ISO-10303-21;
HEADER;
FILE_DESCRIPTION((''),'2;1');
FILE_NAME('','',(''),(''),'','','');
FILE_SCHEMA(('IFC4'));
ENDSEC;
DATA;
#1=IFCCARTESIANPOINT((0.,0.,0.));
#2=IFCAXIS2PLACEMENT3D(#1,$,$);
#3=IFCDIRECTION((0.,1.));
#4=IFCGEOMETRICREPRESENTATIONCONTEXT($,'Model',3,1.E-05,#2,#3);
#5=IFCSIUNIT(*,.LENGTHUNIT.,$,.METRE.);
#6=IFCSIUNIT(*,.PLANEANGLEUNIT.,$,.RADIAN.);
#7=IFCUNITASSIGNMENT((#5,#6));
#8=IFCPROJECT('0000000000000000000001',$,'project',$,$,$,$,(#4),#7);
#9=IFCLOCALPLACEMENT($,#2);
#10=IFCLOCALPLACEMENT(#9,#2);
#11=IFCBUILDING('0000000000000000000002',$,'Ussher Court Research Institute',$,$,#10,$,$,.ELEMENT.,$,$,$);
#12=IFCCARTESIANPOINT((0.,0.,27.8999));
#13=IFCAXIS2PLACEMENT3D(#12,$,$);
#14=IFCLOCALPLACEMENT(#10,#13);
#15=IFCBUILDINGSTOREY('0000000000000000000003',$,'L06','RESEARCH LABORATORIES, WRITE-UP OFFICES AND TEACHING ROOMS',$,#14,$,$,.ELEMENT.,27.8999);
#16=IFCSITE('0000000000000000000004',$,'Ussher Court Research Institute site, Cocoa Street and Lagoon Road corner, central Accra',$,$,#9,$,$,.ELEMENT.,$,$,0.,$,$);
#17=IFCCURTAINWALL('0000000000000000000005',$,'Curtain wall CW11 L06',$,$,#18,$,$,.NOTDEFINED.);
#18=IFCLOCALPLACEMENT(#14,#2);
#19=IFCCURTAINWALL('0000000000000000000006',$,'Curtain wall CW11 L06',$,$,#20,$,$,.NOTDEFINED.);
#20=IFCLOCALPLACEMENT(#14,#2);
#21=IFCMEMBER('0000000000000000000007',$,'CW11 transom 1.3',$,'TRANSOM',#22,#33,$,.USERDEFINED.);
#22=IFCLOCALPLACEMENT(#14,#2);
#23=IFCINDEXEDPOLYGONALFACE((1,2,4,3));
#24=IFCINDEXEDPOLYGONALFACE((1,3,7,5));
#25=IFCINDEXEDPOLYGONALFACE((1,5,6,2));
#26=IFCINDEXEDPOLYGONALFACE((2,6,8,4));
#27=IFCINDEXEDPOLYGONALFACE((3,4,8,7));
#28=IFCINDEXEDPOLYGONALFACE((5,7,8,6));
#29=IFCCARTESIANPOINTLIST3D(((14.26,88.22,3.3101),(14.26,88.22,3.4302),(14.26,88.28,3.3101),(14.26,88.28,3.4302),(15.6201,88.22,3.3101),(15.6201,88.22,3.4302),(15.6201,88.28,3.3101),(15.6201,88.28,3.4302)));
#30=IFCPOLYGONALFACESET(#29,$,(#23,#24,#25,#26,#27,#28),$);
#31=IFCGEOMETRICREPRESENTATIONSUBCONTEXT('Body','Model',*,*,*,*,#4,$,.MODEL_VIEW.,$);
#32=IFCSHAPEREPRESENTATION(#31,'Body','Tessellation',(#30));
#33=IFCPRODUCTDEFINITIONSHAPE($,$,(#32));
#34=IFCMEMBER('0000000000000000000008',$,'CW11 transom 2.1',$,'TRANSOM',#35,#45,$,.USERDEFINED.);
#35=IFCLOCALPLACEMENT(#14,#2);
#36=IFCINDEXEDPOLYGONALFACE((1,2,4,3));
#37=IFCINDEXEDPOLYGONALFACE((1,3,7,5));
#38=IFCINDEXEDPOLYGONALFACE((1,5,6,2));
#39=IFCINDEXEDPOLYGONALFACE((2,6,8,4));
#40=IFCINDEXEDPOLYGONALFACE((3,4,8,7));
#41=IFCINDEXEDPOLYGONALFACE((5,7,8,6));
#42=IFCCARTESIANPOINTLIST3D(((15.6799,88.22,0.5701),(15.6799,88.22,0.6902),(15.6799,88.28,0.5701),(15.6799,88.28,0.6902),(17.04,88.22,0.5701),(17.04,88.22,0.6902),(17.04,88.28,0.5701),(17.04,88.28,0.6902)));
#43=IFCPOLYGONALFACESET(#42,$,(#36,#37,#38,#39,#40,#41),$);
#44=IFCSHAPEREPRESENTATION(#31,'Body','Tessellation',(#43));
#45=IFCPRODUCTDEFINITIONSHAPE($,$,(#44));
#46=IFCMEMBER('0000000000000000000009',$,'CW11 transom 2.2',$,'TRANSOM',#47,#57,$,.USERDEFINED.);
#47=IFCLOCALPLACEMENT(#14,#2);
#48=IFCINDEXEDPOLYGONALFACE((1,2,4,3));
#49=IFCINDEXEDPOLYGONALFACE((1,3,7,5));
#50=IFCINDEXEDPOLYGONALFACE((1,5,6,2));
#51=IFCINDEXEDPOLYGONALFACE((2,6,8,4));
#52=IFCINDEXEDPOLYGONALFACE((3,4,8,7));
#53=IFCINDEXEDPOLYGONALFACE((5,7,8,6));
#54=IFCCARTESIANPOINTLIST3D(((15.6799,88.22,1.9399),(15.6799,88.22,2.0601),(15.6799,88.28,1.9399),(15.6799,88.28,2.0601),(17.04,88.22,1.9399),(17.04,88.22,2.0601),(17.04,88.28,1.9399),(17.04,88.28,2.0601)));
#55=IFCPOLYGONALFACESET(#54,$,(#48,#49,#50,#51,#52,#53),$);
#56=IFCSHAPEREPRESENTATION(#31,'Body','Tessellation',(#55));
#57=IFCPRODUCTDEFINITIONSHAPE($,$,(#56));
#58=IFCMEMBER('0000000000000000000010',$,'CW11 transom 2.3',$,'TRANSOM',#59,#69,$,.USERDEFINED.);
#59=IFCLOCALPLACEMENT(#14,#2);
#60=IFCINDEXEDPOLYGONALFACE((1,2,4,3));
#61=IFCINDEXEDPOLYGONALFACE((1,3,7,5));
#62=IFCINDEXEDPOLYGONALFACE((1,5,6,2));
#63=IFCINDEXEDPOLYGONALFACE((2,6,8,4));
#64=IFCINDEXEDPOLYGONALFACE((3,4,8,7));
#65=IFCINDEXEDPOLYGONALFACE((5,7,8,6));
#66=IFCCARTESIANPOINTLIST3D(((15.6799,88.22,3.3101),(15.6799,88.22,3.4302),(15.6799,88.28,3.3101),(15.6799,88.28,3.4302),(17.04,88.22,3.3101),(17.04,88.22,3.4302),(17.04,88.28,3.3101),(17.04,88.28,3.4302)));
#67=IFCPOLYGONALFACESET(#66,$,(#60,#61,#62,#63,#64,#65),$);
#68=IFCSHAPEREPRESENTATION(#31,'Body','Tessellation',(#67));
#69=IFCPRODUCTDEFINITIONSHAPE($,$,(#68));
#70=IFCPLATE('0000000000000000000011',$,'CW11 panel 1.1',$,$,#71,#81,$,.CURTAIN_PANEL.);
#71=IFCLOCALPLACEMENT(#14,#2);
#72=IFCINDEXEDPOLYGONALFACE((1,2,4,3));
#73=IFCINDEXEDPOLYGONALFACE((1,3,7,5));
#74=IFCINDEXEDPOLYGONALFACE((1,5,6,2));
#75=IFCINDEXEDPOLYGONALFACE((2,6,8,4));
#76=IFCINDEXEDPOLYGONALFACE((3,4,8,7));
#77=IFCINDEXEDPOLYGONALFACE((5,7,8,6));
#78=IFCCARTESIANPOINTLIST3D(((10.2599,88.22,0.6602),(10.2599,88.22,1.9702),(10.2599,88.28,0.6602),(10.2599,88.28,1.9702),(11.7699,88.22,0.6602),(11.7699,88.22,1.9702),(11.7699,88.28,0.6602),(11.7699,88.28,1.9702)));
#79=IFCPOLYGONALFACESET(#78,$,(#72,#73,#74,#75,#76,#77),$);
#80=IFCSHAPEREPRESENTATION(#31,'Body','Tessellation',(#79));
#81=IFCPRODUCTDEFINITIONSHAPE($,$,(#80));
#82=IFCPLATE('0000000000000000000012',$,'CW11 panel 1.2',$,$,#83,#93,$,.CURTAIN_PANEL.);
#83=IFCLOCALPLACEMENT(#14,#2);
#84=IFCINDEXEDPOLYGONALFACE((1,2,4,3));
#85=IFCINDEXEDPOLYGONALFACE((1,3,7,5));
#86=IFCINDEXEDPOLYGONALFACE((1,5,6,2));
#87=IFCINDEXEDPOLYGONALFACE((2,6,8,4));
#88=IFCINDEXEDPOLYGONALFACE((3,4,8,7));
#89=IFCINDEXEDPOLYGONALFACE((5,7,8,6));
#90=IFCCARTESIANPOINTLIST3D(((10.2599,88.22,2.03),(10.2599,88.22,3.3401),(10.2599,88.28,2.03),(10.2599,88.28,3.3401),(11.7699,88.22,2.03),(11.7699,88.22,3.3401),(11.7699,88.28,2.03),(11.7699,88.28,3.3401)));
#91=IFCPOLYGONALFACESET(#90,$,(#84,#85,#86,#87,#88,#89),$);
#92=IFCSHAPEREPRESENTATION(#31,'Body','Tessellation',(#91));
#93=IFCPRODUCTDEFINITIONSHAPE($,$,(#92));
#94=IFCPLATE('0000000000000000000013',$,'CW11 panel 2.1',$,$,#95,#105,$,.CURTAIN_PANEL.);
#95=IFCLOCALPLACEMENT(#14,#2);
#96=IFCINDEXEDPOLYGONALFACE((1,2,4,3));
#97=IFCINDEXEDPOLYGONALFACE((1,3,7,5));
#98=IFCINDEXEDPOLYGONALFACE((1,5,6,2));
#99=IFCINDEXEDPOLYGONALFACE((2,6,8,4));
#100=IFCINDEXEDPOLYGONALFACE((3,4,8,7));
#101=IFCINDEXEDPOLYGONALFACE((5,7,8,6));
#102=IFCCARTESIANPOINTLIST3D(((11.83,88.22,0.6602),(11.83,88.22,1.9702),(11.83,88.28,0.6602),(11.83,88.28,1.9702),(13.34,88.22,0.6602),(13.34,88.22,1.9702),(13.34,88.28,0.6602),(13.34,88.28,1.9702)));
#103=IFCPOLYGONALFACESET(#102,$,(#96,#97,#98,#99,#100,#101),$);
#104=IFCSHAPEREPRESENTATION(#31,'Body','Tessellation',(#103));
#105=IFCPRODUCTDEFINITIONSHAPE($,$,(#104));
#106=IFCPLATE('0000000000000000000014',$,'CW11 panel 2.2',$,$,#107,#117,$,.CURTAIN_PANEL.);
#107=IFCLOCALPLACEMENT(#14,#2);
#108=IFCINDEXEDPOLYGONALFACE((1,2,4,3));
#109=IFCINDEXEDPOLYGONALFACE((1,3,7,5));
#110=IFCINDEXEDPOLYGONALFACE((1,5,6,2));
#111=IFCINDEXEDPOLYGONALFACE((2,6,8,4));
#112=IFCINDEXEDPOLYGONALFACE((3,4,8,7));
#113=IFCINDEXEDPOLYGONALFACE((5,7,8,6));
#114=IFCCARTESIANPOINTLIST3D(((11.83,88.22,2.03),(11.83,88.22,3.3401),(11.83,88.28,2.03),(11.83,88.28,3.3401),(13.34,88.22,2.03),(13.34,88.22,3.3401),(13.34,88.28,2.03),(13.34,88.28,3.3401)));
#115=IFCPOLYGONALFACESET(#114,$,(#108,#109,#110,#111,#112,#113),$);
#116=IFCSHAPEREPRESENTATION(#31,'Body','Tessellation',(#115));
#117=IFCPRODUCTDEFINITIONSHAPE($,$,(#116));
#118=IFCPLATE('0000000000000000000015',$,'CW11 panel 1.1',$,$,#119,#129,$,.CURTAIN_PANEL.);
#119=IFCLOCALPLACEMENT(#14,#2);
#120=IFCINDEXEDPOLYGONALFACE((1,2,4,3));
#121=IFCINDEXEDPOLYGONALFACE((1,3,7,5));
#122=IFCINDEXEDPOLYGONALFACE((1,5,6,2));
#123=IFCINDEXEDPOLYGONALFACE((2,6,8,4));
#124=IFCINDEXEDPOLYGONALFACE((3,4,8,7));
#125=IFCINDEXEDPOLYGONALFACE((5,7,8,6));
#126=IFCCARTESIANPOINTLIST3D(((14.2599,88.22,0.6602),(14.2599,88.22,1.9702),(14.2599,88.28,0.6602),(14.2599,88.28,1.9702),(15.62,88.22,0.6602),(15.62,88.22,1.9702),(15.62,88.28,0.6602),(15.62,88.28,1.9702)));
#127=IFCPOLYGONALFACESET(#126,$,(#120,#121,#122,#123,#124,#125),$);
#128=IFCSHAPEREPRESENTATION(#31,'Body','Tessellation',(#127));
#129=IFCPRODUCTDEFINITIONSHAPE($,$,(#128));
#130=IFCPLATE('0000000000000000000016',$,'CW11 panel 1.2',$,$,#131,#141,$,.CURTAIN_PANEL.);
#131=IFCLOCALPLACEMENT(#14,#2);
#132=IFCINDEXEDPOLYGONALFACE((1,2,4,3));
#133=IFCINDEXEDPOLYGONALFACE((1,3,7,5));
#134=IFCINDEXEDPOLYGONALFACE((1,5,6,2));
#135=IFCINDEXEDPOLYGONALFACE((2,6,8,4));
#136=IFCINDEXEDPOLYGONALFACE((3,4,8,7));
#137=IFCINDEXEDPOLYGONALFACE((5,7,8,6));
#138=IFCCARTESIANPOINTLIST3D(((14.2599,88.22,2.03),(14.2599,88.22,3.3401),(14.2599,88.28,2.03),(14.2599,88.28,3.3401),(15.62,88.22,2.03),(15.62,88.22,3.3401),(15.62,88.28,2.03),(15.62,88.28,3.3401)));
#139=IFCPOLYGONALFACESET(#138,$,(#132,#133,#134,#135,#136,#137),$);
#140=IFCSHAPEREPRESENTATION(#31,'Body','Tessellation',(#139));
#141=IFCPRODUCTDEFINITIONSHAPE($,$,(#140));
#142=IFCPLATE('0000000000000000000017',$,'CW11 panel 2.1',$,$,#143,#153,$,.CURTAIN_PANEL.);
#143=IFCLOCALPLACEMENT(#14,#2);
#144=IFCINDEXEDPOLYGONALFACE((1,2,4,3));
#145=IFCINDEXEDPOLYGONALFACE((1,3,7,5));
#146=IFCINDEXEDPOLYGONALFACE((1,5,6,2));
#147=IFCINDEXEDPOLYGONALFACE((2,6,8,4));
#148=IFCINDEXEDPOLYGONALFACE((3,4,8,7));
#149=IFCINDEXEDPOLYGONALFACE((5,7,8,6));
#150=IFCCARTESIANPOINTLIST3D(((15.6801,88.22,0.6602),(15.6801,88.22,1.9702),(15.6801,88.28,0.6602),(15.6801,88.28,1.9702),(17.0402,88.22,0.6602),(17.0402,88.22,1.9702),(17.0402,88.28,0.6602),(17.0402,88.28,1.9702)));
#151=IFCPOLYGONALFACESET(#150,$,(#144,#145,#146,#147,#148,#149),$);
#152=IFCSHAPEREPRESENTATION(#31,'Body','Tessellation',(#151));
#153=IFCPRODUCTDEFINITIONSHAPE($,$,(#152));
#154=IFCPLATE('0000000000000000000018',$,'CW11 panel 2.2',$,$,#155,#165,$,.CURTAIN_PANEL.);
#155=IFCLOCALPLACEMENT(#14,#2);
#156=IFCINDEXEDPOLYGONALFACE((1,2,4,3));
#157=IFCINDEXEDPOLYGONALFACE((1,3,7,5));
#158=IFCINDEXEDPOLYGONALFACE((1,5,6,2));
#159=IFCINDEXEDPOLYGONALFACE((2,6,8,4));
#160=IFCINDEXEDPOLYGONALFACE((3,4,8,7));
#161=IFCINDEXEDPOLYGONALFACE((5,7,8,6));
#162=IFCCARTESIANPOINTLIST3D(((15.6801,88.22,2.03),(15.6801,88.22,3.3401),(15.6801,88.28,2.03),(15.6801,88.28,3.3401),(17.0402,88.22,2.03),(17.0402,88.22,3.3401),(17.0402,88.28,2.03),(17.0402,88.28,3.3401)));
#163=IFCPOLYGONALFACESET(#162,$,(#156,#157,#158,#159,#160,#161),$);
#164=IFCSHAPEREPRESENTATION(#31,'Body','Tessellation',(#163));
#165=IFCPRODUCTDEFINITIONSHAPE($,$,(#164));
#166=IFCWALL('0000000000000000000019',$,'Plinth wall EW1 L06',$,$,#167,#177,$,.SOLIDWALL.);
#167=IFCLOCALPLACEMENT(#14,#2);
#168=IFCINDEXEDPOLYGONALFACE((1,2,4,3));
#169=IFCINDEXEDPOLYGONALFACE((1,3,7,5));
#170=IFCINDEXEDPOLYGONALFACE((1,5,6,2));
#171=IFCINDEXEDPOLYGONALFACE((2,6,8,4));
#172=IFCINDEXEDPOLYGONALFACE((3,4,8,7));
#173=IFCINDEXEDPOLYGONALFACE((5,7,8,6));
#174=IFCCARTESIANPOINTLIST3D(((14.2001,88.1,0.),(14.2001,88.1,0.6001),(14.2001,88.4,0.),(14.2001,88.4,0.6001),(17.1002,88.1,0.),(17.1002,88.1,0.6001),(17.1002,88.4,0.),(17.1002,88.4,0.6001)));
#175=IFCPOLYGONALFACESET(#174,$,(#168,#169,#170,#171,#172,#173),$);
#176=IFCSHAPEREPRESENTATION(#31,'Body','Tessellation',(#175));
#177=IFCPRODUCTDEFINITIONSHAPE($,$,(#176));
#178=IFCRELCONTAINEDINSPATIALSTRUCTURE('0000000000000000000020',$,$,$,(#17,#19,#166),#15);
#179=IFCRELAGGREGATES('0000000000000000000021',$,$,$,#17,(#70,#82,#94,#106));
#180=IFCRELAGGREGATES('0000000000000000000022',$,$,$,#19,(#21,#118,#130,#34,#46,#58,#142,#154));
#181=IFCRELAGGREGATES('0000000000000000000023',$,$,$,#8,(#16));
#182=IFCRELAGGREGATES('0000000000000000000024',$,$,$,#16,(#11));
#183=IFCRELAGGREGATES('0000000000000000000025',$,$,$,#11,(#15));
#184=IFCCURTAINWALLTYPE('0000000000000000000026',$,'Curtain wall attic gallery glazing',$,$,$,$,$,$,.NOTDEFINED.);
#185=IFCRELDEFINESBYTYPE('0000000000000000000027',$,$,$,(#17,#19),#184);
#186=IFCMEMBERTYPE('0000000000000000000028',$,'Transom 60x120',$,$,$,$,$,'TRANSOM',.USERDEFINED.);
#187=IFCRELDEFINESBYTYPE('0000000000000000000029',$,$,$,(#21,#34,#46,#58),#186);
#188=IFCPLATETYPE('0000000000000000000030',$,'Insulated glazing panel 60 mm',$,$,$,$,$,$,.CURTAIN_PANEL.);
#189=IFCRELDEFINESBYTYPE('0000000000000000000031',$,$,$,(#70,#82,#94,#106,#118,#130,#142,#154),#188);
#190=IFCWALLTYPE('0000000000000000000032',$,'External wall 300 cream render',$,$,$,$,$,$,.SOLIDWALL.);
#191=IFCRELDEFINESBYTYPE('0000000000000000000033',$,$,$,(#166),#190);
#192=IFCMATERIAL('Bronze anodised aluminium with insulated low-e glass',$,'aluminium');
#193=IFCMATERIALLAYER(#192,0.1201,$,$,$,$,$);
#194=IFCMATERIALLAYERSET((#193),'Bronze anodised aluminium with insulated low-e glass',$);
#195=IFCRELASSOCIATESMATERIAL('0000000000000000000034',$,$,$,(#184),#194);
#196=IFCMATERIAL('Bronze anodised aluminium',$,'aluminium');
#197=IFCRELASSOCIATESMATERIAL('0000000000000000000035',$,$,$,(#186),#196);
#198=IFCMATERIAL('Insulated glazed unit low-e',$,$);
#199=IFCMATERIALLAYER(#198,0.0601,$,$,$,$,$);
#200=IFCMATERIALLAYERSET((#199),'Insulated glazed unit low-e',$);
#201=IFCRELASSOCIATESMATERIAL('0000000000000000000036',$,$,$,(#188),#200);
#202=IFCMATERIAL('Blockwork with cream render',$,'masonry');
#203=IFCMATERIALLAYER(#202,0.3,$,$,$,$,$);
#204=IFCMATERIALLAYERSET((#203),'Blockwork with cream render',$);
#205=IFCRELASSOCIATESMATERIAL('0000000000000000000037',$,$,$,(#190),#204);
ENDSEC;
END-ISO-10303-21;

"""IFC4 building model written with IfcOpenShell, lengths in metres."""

from ifc_helpers import new_model, si_unit, direction, frame, frame_2d, origin, origin_2d, place, context, subcontext, project, spatial, rectangle, extrude, material, layer, layer_set, material_profile, profile_set, type_object, element, aggregate, save


model = new_model("IFC4")

# Units and contexts
model_context = context("Model", 3, precision=1e-05, world=origin(), true_north=direction((0.0, 1.0)))
body_context = subcontext(model_context, "Body", "Model", "MODEL_VIEW")
ifc_project = project(units=[si_unit("LENGTHUNIT", "METRE"), si_unit("PLANEANGLEUNIT", "RADIAN")], contexts=[model_context])

# Site, building, storey
site_placement = place(None, origin())
site = spatial("IfcSite", under=ifc_project, at=site_placement, Name="Ussher Court Research Institute site, Cocoa Street and Lagoon Road corner, central Accra", CompositionType="ELEMENT", RefElevation=0.0)
building_placement = place(site_placement, origin())
building = spatial("IfcBuilding", under=site, at=building_placement, Name="Ussher Court Research Institute", CompositionType="ELEMENT")
storey_placement = place(building_placement, frame((0.0, 0.0, 27.8999)))
storey = spatial("IfcBuildingStorey", under=building, at=storey_placement, Name="L06", Description="RESEARCH LABORATORIES, WRITE-UP OFFICES AND TEACHING ROOMS", CompositionType="ELEMENT", Elevation=27.8999)

# Curtain walls
ifc_material_1 = material(Name="Bronze anodised aluminium with insulated low-e glass", Category="aluminium")
ifc_layer_1 = layer(ifc_material_1, 0.1201)
ifc_layer_set_1 = layer_set([ifc_layer_1], Name="Bronze anodised aluminium with insulated low-e glass")
curtain_wall_type = type_object("IfcCurtainWallType", Name="Curtain wall attic gallery glazing", PredefinedType="NOTDEFINED", material=ifc_layer_set_1)
curtain_wall_1_placement = place(storey_placement, origin())
curtain_wall_1 = element("IfcCurtainWall", 1, at=curtain_wall_1_placement, inside=storey, type_object=curtain_wall_type, Name="Curtain wall CW11 L06", PredefinedType="NOTDEFINED")
curtain_wall_2_placement = place(storey_placement, origin())
curtain_wall_2 = element("IfcCurtainWall", 2, at=curtain_wall_2_placement, inside=storey, type_object=curtain_wall_type, Name="Curtain wall CW11 L06", PredefinedType="NOTDEFINED")

# Members
ifc_material_2 = material(Name="Bronze anodised aluminium", Category="aluminium")
ifc_material_profile_1 = material_profile(ifc_material_2, rectangle(XDim=0.0601, YDim=0.1201, at=origin_2d()), Name="Transom 60x120")
ifc_profile_set_1 = profile_set([ifc_material_profile_1], Name="Bronze anodised aluminium")
member_type_1 = type_object("IfcMemberType", Name="Transom 60x120", ElementType="TRANSOM", PredefinedType="USERDEFINED", material=ifc_profile_set_1)
member_1_placement = place(storey_placement, frame((14.26, 88.25, 3.3701), z_axis=(1.0, 0.0, 0.0), x_axis=(0.0, 1.0, 0.0)))
member_1 = element("IfcMember", 3, at=member_1_placement, type_object=member_type_1, Name="CW11 transom 1.3", ObjectType="TRANSOM", PredefinedType="USERDEFINED", context=body_context, shape_type="SweptSolid", body=[
    extrude(rectangle(XDim=0.0601, YDim=0.1201, at=origin_2d()), origin(), (0.0, 0.0, 1.0), 1.3601),
])
member_2_placement = place(storey_placement, frame((15.6799, 88.25, 0.6301), z_axis=(1.0, 0.0, 0.0), x_axis=(0.0, 1.0, 0.0)))
member_2 = element("IfcMember", 4, at=member_2_placement, type_object=member_type_1, Name="CW11 transom 2.1", ObjectType="TRANSOM", PredefinedType="USERDEFINED", context=body_context, shape_type="SweptSolid", body=[
    extrude(rectangle(XDim=0.0601, YDim=0.1201, at=origin_2d()), origin(), (0.0, 0.0, 1.0), 1.3601),
])
member_3_placement = place(storey_placement, frame((15.6799, 88.25, 2.0), z_axis=(1.0, 0.0, 0.0), x_axis=(0.0, 1.0, 0.0)))
member_3 = element("IfcMember", 5, at=member_3_placement, type_object=member_type_1, Name="CW11 transom 2.2", ObjectType="TRANSOM", PredefinedType="USERDEFINED", context=body_context, shape_type="SweptSolid", body=[
    extrude(rectangle(XDim=0.0601, YDim=0.1201, at=origin_2d()), origin(), (0.0, 0.0, 1.0), 1.3601),
])
member_4_placement = place(storey_placement, frame((15.6799, 88.25, 3.3701), z_axis=(1.0, 0.0, 0.0), x_axis=(0.0, 1.0, 0.0)))
member_4 = element("IfcMember", 6, at=member_4_placement, type_object=member_type_1, Name="CW11 transom 2.3", ObjectType="TRANSOM", PredefinedType="USERDEFINED", context=body_context, shape_type="SweptSolid", body=[
    extrude(rectangle(XDim=0.0601, YDim=0.1201, at=origin_2d()), origin(), (0.0, 0.0, 1.0), 1.3601),
])

# Plates
ifc_material_3 = material(Name="Insulated glazed unit low-e")
ifc_layer_2 = layer(ifc_material_3, 0.0601)
ifc_layer_set_2 = layer_set([ifc_layer_2], Name="Insulated glazed unit low-e")
plate_type = type_object("IfcPlateType", Name="Insulated glazing panel 60 mm", PredefinedType="CURTAIN_PANEL", material=ifc_layer_set_2)
plate_1_placement = place(storey_placement, frame((11.0149, 88.25, 0.6602), z_axis=(0.0, 0.0, 1.0), x_axis=(1.0, 0.0, 0.0)))
plate_1 = element("IfcPlate", 7, at=plate_1_placement, type_object=plate_type, Name="CW11 panel 1.1", PredefinedType="CURTAIN_PANEL", context=body_context, shape_type="SweptSolid", body=[
    extrude(rectangle(XDim=1.51, YDim=0.0601, at=origin_2d()), origin(), (0.0, 0.0, 1.0), 1.3101),
])
plate_2_placement = place(storey_placement, frame((11.0149, 88.25, 2.03), z_axis=(0.0, 0.0, 1.0), x_axis=(1.0, 0.0, 0.0)))
plate_2 = element("IfcPlate", 8, at=plate_2_placement, type_object=plate_type, Name="CW11 panel 1.2", PredefinedType="CURTAIN_PANEL", context=body_context, shape_type="SweptSolid", body=[
    extrude(rectangle(XDim=1.51, YDim=0.0601, at=origin_2d()), origin(), (0.0, 0.0, 1.0), 1.3101),
])
plate_3_placement = place(storey_placement, frame((12.585, 88.25, 0.6602), z_axis=(0.0, 0.0, 1.0), x_axis=(1.0, 0.0, 0.0)))
plate_3 = element("IfcPlate", 9, at=plate_3_placement, type_object=plate_type, Name="CW11 panel 2.1", PredefinedType="CURTAIN_PANEL", context=body_context, shape_type="SweptSolid", body=[
    extrude(rectangle(XDim=1.51, YDim=0.0601, at=origin_2d()), origin(), (0.0, 0.0, 1.0), 1.3101),
])
plate_4_placement = place(storey_placement, frame((12.585, 88.25, 2.03), z_axis=(0.0, 0.0, 1.0), x_axis=(1.0, 0.0, 0.0)))
plate_4 = element("IfcPlate", 10, at=plate_4_placement, type_object=plate_type, Name="CW11 panel 2.2", PredefinedType="CURTAIN_PANEL", context=body_context, shape_type="SweptSolid", body=[
    extrude(rectangle(XDim=1.51, YDim=0.0601, at=origin_2d()), origin(), (0.0, 0.0, 1.0), 1.3101),
])
aggregate(curtain_wall_1, [plate_1, plate_2, plate_3, plate_4])
plate_5_placement = place(storey_placement, frame((14.9399, 88.25, 0.6602), z_axis=(0.0, 0.0, 1.0), x_axis=(1.0, 0.0, 0.0)))
plate_5 = element("IfcPlate", 11, at=plate_5_placement, type_object=plate_type, Name="CW11 panel 1.1", PredefinedType="CURTAIN_PANEL", context=body_context, shape_type="SweptSolid", body=[
    extrude(rectangle(XDim=1.3601, YDim=0.0601, at=origin_2d()), origin(), (0.0, 0.0, 1.0), 1.3101),
])
plate_6_placement = place(storey_placement, frame((14.9399, 88.25, 2.03), z_axis=(0.0, 0.0, 1.0), x_axis=(1.0, 0.0, 0.0)))
plate_6 = element("IfcPlate", 12, at=plate_6_placement, type_object=plate_type, Name="CW11 panel 1.2", PredefinedType="CURTAIN_PANEL", context=body_context, shape_type="SweptSolid", body=[
    extrude(rectangle(XDim=1.3601, YDim=0.0601, at=origin_2d()), origin(), (0.0, 0.0, 1.0), 1.3101),
])
plate_7_placement = place(storey_placement, frame((16.3601, 88.25, 0.6602), z_axis=(0.0, 0.0, 1.0), x_axis=(1.0, 0.0, 0.0)))
plate_7 = element("IfcPlate", 13, at=plate_7_placement, type_object=plate_type, Name="CW11 panel 2.1", PredefinedType="CURTAIN_PANEL", context=body_context, shape_type="SweptSolid", body=[
    extrude(rectangle(XDim=1.3601, YDim=0.0601, at=origin_2d()), origin(), (0.0, 0.0, 1.0), 1.3101),
])
plate_8_placement = place(storey_placement, frame((16.3601, 88.25, 2.03), z_axis=(0.0, 0.0, 1.0), x_axis=(1.0, 0.0, 0.0)))
plate_8 = element("IfcPlate", 14, at=plate_8_placement, type_object=plate_type, Name="CW11 panel 2.2", PredefinedType="CURTAIN_PANEL", context=body_context, shape_type="SweptSolid", body=[
    extrude(rectangle(XDim=1.3601, YDim=0.0601, at=origin_2d()), origin(), (0.0, 0.0, 1.0), 1.3101),
])
aggregate(curtain_wall_2, [member_1, plate_5, plate_6, member_2, member_3, member_4, plate_7, plate_8])

# Wall
ifc_material_4 = material(Name="Blockwork with cream render", Category="masonry")
ifc_layer_3 = layer(ifc_material_4, 0.3)
ifc_layer_set_3 = layer_set([ifc_layer_3], Name="Blockwork with cream render")
wall_type_1 = type_object("IfcWallType", Name="External wall 300 cream render", PredefinedType="SOLIDWALL", material=ifc_layer_set_3)
wall_1_placement = place(storey_placement, frame((14.2, 88.25, 0.0), z_axis=(0.0, 0.0, 1.0), x_axis=(1.0, 0.0, 0.0)))
element("IfcWall", 15, at=wall_1_placement, inside=storey, type_object=wall_type_1, Name="Plinth wall EW1 L06", PredefinedType="SOLIDWALL", context=body_context, shape_type="SweptSolid", body=[
    extrude(rectangle(XDim=2.9001, YDim=0.3, at=frame_2d((1.4502, 0.0))), origin(), (0.0, 0.0, 1.0), 0.6001),
])

save(model, "model.ifc")
